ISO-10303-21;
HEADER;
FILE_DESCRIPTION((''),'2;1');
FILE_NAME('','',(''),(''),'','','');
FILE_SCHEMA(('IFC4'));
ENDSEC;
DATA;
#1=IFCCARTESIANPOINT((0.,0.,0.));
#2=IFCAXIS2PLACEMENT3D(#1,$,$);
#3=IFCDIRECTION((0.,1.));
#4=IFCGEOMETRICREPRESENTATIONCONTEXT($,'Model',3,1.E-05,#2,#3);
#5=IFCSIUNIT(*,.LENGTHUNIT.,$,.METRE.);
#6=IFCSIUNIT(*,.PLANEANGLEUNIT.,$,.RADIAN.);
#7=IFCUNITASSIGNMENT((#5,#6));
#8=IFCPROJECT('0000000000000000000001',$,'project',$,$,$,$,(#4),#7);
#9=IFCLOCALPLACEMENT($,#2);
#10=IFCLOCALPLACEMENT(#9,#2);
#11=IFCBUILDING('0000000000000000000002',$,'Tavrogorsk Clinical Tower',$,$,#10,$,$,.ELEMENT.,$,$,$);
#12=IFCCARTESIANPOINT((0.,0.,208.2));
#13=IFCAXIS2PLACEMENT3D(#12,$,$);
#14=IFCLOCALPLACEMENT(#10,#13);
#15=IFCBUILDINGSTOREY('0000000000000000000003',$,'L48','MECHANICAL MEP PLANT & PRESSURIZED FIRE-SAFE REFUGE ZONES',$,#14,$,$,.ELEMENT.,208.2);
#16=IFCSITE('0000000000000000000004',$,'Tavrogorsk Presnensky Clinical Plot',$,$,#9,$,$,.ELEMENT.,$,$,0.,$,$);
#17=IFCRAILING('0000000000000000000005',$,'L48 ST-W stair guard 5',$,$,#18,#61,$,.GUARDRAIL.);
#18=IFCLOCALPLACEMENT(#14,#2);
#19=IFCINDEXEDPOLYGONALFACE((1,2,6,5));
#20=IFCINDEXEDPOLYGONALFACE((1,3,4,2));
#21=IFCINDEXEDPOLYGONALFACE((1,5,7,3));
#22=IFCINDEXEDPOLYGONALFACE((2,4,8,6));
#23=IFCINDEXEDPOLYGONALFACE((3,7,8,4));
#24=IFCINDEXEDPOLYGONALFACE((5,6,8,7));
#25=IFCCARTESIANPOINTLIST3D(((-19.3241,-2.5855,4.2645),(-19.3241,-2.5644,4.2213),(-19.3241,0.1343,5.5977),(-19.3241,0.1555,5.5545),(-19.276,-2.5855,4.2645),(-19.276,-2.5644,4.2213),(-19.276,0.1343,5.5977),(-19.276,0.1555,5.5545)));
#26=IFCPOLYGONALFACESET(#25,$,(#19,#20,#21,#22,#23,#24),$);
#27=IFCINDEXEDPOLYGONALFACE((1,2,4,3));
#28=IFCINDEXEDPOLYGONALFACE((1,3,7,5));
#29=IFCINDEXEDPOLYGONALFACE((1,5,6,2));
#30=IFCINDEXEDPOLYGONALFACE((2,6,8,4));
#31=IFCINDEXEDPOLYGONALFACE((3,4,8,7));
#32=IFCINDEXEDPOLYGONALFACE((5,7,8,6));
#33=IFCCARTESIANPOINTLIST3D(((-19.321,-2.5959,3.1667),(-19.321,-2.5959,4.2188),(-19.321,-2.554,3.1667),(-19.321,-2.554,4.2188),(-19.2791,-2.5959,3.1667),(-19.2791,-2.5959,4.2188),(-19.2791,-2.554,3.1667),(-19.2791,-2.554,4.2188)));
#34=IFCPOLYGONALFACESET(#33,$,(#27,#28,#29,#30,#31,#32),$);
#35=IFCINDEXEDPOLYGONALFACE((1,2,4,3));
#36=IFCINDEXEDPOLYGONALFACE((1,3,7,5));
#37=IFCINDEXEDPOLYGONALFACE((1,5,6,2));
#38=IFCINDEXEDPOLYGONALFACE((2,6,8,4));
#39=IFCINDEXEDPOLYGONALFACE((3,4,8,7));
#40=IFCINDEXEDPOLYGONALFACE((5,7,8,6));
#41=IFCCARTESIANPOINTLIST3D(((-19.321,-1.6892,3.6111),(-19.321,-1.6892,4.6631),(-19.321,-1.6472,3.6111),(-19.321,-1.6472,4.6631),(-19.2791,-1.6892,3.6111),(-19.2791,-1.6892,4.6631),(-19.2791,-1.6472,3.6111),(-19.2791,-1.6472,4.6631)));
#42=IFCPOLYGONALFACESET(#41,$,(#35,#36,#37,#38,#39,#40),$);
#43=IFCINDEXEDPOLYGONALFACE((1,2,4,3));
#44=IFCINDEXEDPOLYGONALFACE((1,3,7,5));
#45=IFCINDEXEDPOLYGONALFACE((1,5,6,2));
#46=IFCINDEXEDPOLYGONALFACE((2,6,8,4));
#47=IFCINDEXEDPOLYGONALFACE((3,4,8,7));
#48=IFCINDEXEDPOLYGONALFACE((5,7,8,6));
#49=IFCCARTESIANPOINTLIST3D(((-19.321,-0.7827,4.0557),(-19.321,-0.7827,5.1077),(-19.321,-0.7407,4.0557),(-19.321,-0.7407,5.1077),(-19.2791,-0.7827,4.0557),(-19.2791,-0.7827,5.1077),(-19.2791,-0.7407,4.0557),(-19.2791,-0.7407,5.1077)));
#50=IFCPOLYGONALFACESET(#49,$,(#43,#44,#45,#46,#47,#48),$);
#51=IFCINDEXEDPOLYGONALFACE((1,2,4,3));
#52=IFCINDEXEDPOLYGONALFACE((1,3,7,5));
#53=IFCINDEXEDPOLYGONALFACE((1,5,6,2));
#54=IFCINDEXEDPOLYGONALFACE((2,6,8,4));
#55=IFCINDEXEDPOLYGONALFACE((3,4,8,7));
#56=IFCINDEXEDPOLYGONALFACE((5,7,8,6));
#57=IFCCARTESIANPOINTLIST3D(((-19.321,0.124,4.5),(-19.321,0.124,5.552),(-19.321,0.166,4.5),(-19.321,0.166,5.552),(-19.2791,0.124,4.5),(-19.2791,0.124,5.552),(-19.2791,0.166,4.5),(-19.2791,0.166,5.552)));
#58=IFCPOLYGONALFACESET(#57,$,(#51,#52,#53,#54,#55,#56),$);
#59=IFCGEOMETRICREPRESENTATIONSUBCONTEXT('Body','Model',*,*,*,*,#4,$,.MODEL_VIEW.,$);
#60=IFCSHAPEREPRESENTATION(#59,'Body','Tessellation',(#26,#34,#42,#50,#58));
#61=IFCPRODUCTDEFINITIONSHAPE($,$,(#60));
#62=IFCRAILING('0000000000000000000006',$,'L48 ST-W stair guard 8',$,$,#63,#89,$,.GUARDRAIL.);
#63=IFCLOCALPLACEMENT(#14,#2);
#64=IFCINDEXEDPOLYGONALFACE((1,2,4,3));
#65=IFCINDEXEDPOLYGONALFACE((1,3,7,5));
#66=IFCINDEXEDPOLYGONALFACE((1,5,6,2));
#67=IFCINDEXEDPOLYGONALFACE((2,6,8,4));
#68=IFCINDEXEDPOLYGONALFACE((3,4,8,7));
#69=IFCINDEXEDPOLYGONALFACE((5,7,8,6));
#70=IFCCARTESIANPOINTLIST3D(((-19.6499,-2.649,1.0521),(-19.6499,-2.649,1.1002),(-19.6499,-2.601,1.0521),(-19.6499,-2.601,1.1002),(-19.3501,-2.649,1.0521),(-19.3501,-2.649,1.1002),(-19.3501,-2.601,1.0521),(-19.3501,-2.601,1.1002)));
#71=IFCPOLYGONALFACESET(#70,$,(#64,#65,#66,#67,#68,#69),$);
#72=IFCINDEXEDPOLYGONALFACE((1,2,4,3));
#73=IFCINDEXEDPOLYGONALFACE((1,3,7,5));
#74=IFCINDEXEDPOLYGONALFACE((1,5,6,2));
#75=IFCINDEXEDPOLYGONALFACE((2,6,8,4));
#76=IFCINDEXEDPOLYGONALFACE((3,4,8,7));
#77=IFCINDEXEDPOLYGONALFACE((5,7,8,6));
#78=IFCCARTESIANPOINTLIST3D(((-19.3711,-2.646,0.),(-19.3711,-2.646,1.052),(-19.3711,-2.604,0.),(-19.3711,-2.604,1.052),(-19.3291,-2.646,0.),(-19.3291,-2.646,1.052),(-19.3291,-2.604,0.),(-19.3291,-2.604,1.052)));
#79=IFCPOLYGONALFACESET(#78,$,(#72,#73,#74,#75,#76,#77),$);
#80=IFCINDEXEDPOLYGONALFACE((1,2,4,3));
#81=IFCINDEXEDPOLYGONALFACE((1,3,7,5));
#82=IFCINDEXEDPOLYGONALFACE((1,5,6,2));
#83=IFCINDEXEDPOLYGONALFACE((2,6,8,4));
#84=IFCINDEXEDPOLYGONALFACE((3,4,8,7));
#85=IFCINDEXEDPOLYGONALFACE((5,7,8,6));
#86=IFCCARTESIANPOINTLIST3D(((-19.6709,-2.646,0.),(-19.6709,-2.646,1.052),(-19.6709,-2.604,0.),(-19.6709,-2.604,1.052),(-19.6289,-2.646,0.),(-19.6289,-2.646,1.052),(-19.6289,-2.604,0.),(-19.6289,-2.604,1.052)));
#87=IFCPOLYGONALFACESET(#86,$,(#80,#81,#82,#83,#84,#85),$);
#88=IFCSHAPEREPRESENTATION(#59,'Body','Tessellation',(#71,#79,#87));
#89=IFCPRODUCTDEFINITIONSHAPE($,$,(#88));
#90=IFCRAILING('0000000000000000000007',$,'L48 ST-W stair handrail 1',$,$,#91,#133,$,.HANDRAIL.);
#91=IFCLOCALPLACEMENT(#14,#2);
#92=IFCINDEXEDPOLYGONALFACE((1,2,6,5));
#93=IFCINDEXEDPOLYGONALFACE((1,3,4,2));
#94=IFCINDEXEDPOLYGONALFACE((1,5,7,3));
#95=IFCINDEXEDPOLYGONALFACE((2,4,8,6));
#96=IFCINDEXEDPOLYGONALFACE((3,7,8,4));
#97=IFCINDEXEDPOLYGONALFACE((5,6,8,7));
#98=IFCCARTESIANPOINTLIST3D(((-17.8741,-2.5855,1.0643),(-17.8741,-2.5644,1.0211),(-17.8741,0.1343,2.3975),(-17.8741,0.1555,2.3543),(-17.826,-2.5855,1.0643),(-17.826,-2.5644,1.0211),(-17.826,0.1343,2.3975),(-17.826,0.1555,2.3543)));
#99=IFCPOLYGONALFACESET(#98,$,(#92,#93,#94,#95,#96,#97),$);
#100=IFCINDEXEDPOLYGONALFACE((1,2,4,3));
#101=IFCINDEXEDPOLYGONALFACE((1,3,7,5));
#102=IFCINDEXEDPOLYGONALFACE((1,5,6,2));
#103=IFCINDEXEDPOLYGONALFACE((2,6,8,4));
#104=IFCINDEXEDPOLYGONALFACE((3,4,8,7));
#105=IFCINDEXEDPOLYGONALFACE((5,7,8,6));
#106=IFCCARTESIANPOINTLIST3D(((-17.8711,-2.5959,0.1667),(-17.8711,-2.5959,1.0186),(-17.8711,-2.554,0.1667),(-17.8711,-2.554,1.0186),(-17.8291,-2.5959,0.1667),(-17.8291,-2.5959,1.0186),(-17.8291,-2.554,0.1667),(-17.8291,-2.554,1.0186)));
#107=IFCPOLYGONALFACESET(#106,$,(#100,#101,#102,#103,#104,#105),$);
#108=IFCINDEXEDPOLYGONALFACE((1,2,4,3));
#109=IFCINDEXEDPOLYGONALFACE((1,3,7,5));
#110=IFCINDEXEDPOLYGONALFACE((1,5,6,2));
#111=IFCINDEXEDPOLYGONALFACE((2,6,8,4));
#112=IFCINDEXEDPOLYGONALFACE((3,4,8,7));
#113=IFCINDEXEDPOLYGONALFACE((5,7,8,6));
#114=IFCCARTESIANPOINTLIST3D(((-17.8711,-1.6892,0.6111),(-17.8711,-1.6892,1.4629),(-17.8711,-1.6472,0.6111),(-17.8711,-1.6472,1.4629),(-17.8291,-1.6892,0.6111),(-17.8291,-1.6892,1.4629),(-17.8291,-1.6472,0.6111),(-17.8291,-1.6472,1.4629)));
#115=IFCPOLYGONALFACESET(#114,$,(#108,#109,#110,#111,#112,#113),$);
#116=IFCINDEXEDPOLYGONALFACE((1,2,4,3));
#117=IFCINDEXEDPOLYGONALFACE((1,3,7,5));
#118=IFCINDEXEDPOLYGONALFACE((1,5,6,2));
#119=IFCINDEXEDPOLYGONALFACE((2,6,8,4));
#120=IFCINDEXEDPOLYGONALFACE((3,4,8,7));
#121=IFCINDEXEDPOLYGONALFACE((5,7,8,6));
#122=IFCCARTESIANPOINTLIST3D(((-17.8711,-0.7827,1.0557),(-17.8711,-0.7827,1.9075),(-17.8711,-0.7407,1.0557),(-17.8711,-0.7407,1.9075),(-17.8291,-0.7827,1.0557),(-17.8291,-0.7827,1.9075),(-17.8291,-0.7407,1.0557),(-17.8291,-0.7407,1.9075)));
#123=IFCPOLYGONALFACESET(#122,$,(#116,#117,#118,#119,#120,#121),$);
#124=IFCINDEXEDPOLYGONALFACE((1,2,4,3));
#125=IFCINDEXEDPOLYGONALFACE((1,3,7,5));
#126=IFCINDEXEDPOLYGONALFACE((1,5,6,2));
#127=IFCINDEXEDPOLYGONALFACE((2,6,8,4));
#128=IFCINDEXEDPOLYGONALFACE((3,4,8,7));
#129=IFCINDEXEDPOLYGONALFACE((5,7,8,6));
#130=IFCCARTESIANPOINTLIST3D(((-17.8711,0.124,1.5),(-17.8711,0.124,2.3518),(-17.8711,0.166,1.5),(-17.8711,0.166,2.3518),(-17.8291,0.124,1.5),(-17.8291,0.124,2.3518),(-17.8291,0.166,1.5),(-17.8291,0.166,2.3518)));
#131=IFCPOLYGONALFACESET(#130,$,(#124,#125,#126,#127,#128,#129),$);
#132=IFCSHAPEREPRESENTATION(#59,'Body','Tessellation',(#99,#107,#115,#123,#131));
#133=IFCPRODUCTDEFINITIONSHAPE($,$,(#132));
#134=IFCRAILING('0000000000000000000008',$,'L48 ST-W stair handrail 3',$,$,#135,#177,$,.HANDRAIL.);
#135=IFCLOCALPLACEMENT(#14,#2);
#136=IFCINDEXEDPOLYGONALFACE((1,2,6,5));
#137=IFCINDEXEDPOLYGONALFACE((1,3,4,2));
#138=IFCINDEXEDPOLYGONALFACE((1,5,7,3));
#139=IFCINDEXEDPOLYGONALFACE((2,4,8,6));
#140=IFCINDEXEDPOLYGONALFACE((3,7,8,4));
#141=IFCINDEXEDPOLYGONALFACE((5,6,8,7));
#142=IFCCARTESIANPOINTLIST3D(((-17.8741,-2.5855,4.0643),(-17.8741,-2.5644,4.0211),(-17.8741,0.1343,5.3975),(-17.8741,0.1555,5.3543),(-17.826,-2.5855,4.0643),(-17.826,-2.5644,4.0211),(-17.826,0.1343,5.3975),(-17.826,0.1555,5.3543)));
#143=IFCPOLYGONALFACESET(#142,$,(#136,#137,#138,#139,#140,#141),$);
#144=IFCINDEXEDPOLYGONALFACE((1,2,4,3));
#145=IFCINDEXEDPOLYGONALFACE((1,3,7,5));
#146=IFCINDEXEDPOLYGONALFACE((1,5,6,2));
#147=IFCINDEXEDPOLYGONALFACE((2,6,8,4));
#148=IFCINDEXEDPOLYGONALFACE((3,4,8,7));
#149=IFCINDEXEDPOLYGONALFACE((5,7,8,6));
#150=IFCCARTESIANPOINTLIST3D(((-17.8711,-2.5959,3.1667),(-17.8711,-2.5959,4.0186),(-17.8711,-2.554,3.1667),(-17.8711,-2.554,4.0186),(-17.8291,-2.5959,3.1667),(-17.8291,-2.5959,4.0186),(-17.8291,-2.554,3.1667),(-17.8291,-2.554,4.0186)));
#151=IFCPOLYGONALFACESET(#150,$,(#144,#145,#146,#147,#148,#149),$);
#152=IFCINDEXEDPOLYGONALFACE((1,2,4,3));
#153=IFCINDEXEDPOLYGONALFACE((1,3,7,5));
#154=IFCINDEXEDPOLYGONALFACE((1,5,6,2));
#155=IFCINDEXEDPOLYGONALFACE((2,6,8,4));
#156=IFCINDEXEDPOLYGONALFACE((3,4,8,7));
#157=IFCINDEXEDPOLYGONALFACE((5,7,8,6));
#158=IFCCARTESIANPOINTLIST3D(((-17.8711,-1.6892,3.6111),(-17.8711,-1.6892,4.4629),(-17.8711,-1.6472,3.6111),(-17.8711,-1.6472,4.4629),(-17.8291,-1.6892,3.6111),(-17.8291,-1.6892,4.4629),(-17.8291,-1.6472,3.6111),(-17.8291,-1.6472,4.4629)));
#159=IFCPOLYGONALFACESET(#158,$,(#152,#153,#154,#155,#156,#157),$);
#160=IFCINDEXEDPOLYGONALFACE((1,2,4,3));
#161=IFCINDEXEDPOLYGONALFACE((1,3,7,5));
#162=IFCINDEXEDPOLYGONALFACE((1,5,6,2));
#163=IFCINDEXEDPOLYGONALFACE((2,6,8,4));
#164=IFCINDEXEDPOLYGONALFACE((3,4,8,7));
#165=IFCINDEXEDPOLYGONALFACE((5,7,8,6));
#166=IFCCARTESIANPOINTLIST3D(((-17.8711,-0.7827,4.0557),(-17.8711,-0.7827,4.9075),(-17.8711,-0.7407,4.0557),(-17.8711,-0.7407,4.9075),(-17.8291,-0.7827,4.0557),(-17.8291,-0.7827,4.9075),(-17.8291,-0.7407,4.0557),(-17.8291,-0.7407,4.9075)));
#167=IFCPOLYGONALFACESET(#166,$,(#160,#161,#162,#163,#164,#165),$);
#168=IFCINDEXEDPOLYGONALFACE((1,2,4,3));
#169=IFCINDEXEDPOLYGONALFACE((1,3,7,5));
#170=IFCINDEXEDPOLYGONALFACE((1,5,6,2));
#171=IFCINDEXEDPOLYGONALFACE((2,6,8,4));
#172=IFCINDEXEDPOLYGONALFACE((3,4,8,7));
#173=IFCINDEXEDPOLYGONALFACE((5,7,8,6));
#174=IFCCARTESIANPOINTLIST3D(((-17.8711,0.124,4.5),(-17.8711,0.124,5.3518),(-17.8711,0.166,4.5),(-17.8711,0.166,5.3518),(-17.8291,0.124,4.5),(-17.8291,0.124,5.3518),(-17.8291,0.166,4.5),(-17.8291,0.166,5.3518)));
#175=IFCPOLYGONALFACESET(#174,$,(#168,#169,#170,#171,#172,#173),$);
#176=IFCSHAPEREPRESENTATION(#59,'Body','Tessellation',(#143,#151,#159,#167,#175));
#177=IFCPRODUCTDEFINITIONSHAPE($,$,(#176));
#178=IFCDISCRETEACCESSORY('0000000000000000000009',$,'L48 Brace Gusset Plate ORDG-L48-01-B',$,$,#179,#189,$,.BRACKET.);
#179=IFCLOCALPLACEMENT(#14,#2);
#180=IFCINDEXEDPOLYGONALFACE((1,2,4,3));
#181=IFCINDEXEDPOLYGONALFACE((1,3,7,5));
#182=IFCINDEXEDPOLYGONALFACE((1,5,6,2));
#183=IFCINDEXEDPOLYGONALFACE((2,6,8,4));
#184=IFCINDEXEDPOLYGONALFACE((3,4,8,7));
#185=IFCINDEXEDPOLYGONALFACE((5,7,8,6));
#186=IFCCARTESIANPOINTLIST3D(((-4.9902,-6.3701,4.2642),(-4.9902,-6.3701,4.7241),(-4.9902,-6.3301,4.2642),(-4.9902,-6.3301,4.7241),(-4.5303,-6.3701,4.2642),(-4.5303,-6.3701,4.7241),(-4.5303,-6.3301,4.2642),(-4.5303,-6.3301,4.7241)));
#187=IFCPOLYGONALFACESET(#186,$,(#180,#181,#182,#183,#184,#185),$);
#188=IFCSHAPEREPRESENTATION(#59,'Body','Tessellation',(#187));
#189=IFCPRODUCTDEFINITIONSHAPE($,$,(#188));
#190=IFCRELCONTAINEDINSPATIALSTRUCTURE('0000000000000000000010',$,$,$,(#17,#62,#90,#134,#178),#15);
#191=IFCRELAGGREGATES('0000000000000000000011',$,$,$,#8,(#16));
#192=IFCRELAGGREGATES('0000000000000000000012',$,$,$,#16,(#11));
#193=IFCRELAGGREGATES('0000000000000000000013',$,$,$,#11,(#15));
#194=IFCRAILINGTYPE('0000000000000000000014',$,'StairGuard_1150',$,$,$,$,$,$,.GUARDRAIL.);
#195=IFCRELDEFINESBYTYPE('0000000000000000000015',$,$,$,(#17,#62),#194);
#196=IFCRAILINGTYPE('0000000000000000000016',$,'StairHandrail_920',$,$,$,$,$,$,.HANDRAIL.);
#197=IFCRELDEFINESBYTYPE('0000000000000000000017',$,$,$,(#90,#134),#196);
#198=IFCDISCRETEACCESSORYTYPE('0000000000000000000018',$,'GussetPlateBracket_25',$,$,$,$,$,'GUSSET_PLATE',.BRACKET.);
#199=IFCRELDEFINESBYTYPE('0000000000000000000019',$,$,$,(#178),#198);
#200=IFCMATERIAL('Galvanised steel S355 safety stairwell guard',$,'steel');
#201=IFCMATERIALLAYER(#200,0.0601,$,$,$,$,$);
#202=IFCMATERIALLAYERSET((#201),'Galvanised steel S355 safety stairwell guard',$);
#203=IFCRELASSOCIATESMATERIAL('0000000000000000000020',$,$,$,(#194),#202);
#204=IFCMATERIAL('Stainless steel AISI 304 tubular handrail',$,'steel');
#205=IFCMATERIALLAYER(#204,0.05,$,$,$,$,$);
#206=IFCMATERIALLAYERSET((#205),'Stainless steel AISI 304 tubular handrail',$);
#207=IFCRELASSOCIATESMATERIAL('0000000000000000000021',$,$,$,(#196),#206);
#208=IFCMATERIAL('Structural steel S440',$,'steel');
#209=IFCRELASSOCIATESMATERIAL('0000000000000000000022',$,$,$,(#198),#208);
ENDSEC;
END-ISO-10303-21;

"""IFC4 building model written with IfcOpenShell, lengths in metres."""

from ifc_helpers import new_model, si_unit, direction, frame, origin, origin_2d, place, context, subcontext, project, spatial, rectangle, extrude, material, layer, layer_set, type_object, element, save


model = new_model("IFC4")

# Units and contexts
model_context = context("Model", 3, precision=1e-05, world=origin(), true_north=direction((0.0, 1.0)))
body_context = subcontext(model_context, "Body", "Model", "MODEL_VIEW")
ifc_project = project(units=[si_unit("LENGTHUNIT", "METRE"), si_unit("PLANEANGLEUNIT", "RADIAN")], contexts=[model_context])

# Site, building, storey
site_placement = place(None, origin())
site = spatial("IfcSite", under=ifc_project, at=site_placement, Name="Tavrogorsk Presnensky Clinical Plot", CompositionType="ELEMENT", RefElevation=0.0)
building_placement = place(site_placement, origin())
building = spatial("IfcBuilding", under=site, at=building_placement, Name="Tavrogorsk Clinical Tower", CompositionType="ELEMENT")
storey_placement = place(building_placement, frame((0.0, 0.0, 208.2)))
storey = spatial("IfcBuildingStorey", under=building, at=storey_placement, Name="L48", Description="MECHANICAL MEP PLANT & PRESSURIZED FIRE-SAFE REFUGE ZONES", CompositionType="ELEMENT", Elevation=208.2)

# Railings
ifc_material_1 = material(Name="Galvanised steel S355 safety stairwell guard", Category="steel")
ifc_layer_1 = layer(ifc_material_1, 0.0601)
ifc_layer_set_1 = layer_set([ifc_layer_1], Name="Galvanised steel S355 safety stairwell guard")
railing_type_1 = type_object("IfcRailingType", Name="StairGuard_1150", PredefinedType="GUARDRAIL", material=ifc_layer_set_1)
railing_1_placement = place(storey_placement, frame((-19.3, -2.575, 3.1667)))
element("IfcRailing", 1, at=railing_1_placement, inside=storey, type_object=railing_type_1, Name="L48 ST-W stair guard 5", PredefinedType="GUARDRAIL", context=body_context, shape_type="SweptSolid", body=[
    extrude(rectangle(XDim=0.0481, YDim=0.0481, at=origin_2d()), frame((0.0, 0.0, 1.0762), z_axis=(0.0, 0.897929, 0.440139), x_axis=(-1.0, 0.0, 0.0)), (0.0, 0.0, 1.0), 3.0291),
    extrude(rectangle(XDim=0.042, YDim=0.042, at=origin_2d()), origin(), (0.0, 0.0, 1.0), 1.052),
    extrude(rectangle(XDim=0.042, YDim=0.042, at=origin_2d()), frame((0.0, 0.9067, 0.4443)), (0.0, 0.0, 1.0), 1.052),
    extrude(rectangle(XDim=0.042, YDim=0.042, at=origin_2d()), frame((0.0, 1.8132, 0.8889)), (0.0, 0.0, 1.0), 1.052),
    extrude(rectangle(XDim=0.042, YDim=0.042, at=origin_2d()), frame((0.0, 2.72, 1.3333)), (0.0, 0.0, 1.0), 1.052),
])
railing_2_placement = place(storey_placement, frame((-19.3501, -2.625, 0.0)))
element("IfcRailing", 2, at=railing_2_placement, inside=storey, type_object=railing_type_1, Name="L48 ST-W stair guard 8", PredefinedType="GUARDRAIL", context=body_context, shape_type="SweptSolid", body=[
    extrude(rectangle(XDim=0.0481, YDim=0.0481, at=origin_2d()), frame((0.0, 0.0, 1.0762), z_axis=(-1.0, 0.0, 0.0), x_axis=(0.0, -1.0, 0.0)), (0.0, 0.0, 1.0), 0.2998),
    extrude(rectangle(XDim=0.042, YDim=0.042, at=origin_2d()), origin(), (0.0, 0.0, 1.0), 1.052),
    extrude(rectangle(XDim=0.042, YDim=0.042, at=origin_2d()), frame((-0.2998, 0.0, 0.0)), (0.0, 0.0, 1.0), 1.052),
])
ifc_material_2 = material(Name="Stainless steel AISI 304 tubular handrail", Category="steel")
ifc_layer_2 = layer(ifc_material_2, 0.05)
ifc_layer_set_2 = layer_set([ifc_layer_2], Name="Stainless steel AISI 304 tubular handrail")
railing_type_2 = type_object("IfcRailingType", Name="StairHandrail_920", PredefinedType="HANDRAIL", material=ifc_layer_set_2)
for number, where, name in (
    (3, (-17.8501, -2.575, 0.1667), "L48 ST-W stair handrail 1"),
    (4, (-17.8501, -2.575, 3.1667), "L48 ST-W stair handrail 3"),
):
    element("IfcRailing", number, at=place(storey_placement, frame(where)), inside=storey, type_object=railing_type_2, Name=name, PredefinedType="HANDRAIL", context=body_context, shape_type="SweptSolid", body=[
        extrude(rectangle(XDim=0.0481, YDim=0.0481, at=origin_2d()), frame((0.0, 0.0, 0.876), z_axis=(0.0, 0.897929, 0.440139), x_axis=(-1.0, 0.0, 0.0)), (0.0, 0.0, 1.0), 3.0291),
        extrude(rectangle(XDim=0.042, YDim=0.042, at=origin_2d()), origin(), (0.0, 0.0, 1.0), 0.8518),
        extrude(rectangle(XDim=0.042, YDim=0.042, at=origin_2d()), frame((0.0, 0.9067, 0.4443)), (0.0, 0.0, 1.0), 0.8518),
        extrude(rectangle(XDim=0.042, YDim=0.042, at=origin_2d()), frame((0.0, 1.8132, 0.8889)), (0.0, 0.0, 1.0), 0.8518),
        extrude(rectangle(XDim=0.042, YDim=0.042, at=origin_2d()), frame((0.0, 2.72, 1.3333)), (0.0, 0.0, 1.0), 0.8518),
    ])

# Discrete accessory
ifc_material_3 = material(Name="Structural steel S440", Category="steel")
discrete_accessory_type = type_object("IfcDiscreteAccessoryType", Name="GussetPlateBracket_25", ElementType="GUSSET_PLATE", PredefinedType="BRACKET", material=ifc_material_3)
discrete_accessory_placement = place(storey_placement, frame((-4.7603, -6.3501, 4.2642), z_axis=(0.0, 0.0, 1.0), x_axis=(1.0, 0.0, 0.0)))
element("IfcDiscreteAccessory", 5, at=discrete_accessory_placement, inside=storey, type_object=discrete_accessory_type, Name="L48 Brace Gusset Plate ORDG-L48-01-B", PredefinedType="BRACKET", context=body_context, shape_type="SweptSolid", body=[
    extrude(rectangle(XDim=0.46, YDim=0.04, at=origin_2d()), origin(), (0.0, 0.0, 1.0), 0.46),
])

save(model, "model.ifc")
